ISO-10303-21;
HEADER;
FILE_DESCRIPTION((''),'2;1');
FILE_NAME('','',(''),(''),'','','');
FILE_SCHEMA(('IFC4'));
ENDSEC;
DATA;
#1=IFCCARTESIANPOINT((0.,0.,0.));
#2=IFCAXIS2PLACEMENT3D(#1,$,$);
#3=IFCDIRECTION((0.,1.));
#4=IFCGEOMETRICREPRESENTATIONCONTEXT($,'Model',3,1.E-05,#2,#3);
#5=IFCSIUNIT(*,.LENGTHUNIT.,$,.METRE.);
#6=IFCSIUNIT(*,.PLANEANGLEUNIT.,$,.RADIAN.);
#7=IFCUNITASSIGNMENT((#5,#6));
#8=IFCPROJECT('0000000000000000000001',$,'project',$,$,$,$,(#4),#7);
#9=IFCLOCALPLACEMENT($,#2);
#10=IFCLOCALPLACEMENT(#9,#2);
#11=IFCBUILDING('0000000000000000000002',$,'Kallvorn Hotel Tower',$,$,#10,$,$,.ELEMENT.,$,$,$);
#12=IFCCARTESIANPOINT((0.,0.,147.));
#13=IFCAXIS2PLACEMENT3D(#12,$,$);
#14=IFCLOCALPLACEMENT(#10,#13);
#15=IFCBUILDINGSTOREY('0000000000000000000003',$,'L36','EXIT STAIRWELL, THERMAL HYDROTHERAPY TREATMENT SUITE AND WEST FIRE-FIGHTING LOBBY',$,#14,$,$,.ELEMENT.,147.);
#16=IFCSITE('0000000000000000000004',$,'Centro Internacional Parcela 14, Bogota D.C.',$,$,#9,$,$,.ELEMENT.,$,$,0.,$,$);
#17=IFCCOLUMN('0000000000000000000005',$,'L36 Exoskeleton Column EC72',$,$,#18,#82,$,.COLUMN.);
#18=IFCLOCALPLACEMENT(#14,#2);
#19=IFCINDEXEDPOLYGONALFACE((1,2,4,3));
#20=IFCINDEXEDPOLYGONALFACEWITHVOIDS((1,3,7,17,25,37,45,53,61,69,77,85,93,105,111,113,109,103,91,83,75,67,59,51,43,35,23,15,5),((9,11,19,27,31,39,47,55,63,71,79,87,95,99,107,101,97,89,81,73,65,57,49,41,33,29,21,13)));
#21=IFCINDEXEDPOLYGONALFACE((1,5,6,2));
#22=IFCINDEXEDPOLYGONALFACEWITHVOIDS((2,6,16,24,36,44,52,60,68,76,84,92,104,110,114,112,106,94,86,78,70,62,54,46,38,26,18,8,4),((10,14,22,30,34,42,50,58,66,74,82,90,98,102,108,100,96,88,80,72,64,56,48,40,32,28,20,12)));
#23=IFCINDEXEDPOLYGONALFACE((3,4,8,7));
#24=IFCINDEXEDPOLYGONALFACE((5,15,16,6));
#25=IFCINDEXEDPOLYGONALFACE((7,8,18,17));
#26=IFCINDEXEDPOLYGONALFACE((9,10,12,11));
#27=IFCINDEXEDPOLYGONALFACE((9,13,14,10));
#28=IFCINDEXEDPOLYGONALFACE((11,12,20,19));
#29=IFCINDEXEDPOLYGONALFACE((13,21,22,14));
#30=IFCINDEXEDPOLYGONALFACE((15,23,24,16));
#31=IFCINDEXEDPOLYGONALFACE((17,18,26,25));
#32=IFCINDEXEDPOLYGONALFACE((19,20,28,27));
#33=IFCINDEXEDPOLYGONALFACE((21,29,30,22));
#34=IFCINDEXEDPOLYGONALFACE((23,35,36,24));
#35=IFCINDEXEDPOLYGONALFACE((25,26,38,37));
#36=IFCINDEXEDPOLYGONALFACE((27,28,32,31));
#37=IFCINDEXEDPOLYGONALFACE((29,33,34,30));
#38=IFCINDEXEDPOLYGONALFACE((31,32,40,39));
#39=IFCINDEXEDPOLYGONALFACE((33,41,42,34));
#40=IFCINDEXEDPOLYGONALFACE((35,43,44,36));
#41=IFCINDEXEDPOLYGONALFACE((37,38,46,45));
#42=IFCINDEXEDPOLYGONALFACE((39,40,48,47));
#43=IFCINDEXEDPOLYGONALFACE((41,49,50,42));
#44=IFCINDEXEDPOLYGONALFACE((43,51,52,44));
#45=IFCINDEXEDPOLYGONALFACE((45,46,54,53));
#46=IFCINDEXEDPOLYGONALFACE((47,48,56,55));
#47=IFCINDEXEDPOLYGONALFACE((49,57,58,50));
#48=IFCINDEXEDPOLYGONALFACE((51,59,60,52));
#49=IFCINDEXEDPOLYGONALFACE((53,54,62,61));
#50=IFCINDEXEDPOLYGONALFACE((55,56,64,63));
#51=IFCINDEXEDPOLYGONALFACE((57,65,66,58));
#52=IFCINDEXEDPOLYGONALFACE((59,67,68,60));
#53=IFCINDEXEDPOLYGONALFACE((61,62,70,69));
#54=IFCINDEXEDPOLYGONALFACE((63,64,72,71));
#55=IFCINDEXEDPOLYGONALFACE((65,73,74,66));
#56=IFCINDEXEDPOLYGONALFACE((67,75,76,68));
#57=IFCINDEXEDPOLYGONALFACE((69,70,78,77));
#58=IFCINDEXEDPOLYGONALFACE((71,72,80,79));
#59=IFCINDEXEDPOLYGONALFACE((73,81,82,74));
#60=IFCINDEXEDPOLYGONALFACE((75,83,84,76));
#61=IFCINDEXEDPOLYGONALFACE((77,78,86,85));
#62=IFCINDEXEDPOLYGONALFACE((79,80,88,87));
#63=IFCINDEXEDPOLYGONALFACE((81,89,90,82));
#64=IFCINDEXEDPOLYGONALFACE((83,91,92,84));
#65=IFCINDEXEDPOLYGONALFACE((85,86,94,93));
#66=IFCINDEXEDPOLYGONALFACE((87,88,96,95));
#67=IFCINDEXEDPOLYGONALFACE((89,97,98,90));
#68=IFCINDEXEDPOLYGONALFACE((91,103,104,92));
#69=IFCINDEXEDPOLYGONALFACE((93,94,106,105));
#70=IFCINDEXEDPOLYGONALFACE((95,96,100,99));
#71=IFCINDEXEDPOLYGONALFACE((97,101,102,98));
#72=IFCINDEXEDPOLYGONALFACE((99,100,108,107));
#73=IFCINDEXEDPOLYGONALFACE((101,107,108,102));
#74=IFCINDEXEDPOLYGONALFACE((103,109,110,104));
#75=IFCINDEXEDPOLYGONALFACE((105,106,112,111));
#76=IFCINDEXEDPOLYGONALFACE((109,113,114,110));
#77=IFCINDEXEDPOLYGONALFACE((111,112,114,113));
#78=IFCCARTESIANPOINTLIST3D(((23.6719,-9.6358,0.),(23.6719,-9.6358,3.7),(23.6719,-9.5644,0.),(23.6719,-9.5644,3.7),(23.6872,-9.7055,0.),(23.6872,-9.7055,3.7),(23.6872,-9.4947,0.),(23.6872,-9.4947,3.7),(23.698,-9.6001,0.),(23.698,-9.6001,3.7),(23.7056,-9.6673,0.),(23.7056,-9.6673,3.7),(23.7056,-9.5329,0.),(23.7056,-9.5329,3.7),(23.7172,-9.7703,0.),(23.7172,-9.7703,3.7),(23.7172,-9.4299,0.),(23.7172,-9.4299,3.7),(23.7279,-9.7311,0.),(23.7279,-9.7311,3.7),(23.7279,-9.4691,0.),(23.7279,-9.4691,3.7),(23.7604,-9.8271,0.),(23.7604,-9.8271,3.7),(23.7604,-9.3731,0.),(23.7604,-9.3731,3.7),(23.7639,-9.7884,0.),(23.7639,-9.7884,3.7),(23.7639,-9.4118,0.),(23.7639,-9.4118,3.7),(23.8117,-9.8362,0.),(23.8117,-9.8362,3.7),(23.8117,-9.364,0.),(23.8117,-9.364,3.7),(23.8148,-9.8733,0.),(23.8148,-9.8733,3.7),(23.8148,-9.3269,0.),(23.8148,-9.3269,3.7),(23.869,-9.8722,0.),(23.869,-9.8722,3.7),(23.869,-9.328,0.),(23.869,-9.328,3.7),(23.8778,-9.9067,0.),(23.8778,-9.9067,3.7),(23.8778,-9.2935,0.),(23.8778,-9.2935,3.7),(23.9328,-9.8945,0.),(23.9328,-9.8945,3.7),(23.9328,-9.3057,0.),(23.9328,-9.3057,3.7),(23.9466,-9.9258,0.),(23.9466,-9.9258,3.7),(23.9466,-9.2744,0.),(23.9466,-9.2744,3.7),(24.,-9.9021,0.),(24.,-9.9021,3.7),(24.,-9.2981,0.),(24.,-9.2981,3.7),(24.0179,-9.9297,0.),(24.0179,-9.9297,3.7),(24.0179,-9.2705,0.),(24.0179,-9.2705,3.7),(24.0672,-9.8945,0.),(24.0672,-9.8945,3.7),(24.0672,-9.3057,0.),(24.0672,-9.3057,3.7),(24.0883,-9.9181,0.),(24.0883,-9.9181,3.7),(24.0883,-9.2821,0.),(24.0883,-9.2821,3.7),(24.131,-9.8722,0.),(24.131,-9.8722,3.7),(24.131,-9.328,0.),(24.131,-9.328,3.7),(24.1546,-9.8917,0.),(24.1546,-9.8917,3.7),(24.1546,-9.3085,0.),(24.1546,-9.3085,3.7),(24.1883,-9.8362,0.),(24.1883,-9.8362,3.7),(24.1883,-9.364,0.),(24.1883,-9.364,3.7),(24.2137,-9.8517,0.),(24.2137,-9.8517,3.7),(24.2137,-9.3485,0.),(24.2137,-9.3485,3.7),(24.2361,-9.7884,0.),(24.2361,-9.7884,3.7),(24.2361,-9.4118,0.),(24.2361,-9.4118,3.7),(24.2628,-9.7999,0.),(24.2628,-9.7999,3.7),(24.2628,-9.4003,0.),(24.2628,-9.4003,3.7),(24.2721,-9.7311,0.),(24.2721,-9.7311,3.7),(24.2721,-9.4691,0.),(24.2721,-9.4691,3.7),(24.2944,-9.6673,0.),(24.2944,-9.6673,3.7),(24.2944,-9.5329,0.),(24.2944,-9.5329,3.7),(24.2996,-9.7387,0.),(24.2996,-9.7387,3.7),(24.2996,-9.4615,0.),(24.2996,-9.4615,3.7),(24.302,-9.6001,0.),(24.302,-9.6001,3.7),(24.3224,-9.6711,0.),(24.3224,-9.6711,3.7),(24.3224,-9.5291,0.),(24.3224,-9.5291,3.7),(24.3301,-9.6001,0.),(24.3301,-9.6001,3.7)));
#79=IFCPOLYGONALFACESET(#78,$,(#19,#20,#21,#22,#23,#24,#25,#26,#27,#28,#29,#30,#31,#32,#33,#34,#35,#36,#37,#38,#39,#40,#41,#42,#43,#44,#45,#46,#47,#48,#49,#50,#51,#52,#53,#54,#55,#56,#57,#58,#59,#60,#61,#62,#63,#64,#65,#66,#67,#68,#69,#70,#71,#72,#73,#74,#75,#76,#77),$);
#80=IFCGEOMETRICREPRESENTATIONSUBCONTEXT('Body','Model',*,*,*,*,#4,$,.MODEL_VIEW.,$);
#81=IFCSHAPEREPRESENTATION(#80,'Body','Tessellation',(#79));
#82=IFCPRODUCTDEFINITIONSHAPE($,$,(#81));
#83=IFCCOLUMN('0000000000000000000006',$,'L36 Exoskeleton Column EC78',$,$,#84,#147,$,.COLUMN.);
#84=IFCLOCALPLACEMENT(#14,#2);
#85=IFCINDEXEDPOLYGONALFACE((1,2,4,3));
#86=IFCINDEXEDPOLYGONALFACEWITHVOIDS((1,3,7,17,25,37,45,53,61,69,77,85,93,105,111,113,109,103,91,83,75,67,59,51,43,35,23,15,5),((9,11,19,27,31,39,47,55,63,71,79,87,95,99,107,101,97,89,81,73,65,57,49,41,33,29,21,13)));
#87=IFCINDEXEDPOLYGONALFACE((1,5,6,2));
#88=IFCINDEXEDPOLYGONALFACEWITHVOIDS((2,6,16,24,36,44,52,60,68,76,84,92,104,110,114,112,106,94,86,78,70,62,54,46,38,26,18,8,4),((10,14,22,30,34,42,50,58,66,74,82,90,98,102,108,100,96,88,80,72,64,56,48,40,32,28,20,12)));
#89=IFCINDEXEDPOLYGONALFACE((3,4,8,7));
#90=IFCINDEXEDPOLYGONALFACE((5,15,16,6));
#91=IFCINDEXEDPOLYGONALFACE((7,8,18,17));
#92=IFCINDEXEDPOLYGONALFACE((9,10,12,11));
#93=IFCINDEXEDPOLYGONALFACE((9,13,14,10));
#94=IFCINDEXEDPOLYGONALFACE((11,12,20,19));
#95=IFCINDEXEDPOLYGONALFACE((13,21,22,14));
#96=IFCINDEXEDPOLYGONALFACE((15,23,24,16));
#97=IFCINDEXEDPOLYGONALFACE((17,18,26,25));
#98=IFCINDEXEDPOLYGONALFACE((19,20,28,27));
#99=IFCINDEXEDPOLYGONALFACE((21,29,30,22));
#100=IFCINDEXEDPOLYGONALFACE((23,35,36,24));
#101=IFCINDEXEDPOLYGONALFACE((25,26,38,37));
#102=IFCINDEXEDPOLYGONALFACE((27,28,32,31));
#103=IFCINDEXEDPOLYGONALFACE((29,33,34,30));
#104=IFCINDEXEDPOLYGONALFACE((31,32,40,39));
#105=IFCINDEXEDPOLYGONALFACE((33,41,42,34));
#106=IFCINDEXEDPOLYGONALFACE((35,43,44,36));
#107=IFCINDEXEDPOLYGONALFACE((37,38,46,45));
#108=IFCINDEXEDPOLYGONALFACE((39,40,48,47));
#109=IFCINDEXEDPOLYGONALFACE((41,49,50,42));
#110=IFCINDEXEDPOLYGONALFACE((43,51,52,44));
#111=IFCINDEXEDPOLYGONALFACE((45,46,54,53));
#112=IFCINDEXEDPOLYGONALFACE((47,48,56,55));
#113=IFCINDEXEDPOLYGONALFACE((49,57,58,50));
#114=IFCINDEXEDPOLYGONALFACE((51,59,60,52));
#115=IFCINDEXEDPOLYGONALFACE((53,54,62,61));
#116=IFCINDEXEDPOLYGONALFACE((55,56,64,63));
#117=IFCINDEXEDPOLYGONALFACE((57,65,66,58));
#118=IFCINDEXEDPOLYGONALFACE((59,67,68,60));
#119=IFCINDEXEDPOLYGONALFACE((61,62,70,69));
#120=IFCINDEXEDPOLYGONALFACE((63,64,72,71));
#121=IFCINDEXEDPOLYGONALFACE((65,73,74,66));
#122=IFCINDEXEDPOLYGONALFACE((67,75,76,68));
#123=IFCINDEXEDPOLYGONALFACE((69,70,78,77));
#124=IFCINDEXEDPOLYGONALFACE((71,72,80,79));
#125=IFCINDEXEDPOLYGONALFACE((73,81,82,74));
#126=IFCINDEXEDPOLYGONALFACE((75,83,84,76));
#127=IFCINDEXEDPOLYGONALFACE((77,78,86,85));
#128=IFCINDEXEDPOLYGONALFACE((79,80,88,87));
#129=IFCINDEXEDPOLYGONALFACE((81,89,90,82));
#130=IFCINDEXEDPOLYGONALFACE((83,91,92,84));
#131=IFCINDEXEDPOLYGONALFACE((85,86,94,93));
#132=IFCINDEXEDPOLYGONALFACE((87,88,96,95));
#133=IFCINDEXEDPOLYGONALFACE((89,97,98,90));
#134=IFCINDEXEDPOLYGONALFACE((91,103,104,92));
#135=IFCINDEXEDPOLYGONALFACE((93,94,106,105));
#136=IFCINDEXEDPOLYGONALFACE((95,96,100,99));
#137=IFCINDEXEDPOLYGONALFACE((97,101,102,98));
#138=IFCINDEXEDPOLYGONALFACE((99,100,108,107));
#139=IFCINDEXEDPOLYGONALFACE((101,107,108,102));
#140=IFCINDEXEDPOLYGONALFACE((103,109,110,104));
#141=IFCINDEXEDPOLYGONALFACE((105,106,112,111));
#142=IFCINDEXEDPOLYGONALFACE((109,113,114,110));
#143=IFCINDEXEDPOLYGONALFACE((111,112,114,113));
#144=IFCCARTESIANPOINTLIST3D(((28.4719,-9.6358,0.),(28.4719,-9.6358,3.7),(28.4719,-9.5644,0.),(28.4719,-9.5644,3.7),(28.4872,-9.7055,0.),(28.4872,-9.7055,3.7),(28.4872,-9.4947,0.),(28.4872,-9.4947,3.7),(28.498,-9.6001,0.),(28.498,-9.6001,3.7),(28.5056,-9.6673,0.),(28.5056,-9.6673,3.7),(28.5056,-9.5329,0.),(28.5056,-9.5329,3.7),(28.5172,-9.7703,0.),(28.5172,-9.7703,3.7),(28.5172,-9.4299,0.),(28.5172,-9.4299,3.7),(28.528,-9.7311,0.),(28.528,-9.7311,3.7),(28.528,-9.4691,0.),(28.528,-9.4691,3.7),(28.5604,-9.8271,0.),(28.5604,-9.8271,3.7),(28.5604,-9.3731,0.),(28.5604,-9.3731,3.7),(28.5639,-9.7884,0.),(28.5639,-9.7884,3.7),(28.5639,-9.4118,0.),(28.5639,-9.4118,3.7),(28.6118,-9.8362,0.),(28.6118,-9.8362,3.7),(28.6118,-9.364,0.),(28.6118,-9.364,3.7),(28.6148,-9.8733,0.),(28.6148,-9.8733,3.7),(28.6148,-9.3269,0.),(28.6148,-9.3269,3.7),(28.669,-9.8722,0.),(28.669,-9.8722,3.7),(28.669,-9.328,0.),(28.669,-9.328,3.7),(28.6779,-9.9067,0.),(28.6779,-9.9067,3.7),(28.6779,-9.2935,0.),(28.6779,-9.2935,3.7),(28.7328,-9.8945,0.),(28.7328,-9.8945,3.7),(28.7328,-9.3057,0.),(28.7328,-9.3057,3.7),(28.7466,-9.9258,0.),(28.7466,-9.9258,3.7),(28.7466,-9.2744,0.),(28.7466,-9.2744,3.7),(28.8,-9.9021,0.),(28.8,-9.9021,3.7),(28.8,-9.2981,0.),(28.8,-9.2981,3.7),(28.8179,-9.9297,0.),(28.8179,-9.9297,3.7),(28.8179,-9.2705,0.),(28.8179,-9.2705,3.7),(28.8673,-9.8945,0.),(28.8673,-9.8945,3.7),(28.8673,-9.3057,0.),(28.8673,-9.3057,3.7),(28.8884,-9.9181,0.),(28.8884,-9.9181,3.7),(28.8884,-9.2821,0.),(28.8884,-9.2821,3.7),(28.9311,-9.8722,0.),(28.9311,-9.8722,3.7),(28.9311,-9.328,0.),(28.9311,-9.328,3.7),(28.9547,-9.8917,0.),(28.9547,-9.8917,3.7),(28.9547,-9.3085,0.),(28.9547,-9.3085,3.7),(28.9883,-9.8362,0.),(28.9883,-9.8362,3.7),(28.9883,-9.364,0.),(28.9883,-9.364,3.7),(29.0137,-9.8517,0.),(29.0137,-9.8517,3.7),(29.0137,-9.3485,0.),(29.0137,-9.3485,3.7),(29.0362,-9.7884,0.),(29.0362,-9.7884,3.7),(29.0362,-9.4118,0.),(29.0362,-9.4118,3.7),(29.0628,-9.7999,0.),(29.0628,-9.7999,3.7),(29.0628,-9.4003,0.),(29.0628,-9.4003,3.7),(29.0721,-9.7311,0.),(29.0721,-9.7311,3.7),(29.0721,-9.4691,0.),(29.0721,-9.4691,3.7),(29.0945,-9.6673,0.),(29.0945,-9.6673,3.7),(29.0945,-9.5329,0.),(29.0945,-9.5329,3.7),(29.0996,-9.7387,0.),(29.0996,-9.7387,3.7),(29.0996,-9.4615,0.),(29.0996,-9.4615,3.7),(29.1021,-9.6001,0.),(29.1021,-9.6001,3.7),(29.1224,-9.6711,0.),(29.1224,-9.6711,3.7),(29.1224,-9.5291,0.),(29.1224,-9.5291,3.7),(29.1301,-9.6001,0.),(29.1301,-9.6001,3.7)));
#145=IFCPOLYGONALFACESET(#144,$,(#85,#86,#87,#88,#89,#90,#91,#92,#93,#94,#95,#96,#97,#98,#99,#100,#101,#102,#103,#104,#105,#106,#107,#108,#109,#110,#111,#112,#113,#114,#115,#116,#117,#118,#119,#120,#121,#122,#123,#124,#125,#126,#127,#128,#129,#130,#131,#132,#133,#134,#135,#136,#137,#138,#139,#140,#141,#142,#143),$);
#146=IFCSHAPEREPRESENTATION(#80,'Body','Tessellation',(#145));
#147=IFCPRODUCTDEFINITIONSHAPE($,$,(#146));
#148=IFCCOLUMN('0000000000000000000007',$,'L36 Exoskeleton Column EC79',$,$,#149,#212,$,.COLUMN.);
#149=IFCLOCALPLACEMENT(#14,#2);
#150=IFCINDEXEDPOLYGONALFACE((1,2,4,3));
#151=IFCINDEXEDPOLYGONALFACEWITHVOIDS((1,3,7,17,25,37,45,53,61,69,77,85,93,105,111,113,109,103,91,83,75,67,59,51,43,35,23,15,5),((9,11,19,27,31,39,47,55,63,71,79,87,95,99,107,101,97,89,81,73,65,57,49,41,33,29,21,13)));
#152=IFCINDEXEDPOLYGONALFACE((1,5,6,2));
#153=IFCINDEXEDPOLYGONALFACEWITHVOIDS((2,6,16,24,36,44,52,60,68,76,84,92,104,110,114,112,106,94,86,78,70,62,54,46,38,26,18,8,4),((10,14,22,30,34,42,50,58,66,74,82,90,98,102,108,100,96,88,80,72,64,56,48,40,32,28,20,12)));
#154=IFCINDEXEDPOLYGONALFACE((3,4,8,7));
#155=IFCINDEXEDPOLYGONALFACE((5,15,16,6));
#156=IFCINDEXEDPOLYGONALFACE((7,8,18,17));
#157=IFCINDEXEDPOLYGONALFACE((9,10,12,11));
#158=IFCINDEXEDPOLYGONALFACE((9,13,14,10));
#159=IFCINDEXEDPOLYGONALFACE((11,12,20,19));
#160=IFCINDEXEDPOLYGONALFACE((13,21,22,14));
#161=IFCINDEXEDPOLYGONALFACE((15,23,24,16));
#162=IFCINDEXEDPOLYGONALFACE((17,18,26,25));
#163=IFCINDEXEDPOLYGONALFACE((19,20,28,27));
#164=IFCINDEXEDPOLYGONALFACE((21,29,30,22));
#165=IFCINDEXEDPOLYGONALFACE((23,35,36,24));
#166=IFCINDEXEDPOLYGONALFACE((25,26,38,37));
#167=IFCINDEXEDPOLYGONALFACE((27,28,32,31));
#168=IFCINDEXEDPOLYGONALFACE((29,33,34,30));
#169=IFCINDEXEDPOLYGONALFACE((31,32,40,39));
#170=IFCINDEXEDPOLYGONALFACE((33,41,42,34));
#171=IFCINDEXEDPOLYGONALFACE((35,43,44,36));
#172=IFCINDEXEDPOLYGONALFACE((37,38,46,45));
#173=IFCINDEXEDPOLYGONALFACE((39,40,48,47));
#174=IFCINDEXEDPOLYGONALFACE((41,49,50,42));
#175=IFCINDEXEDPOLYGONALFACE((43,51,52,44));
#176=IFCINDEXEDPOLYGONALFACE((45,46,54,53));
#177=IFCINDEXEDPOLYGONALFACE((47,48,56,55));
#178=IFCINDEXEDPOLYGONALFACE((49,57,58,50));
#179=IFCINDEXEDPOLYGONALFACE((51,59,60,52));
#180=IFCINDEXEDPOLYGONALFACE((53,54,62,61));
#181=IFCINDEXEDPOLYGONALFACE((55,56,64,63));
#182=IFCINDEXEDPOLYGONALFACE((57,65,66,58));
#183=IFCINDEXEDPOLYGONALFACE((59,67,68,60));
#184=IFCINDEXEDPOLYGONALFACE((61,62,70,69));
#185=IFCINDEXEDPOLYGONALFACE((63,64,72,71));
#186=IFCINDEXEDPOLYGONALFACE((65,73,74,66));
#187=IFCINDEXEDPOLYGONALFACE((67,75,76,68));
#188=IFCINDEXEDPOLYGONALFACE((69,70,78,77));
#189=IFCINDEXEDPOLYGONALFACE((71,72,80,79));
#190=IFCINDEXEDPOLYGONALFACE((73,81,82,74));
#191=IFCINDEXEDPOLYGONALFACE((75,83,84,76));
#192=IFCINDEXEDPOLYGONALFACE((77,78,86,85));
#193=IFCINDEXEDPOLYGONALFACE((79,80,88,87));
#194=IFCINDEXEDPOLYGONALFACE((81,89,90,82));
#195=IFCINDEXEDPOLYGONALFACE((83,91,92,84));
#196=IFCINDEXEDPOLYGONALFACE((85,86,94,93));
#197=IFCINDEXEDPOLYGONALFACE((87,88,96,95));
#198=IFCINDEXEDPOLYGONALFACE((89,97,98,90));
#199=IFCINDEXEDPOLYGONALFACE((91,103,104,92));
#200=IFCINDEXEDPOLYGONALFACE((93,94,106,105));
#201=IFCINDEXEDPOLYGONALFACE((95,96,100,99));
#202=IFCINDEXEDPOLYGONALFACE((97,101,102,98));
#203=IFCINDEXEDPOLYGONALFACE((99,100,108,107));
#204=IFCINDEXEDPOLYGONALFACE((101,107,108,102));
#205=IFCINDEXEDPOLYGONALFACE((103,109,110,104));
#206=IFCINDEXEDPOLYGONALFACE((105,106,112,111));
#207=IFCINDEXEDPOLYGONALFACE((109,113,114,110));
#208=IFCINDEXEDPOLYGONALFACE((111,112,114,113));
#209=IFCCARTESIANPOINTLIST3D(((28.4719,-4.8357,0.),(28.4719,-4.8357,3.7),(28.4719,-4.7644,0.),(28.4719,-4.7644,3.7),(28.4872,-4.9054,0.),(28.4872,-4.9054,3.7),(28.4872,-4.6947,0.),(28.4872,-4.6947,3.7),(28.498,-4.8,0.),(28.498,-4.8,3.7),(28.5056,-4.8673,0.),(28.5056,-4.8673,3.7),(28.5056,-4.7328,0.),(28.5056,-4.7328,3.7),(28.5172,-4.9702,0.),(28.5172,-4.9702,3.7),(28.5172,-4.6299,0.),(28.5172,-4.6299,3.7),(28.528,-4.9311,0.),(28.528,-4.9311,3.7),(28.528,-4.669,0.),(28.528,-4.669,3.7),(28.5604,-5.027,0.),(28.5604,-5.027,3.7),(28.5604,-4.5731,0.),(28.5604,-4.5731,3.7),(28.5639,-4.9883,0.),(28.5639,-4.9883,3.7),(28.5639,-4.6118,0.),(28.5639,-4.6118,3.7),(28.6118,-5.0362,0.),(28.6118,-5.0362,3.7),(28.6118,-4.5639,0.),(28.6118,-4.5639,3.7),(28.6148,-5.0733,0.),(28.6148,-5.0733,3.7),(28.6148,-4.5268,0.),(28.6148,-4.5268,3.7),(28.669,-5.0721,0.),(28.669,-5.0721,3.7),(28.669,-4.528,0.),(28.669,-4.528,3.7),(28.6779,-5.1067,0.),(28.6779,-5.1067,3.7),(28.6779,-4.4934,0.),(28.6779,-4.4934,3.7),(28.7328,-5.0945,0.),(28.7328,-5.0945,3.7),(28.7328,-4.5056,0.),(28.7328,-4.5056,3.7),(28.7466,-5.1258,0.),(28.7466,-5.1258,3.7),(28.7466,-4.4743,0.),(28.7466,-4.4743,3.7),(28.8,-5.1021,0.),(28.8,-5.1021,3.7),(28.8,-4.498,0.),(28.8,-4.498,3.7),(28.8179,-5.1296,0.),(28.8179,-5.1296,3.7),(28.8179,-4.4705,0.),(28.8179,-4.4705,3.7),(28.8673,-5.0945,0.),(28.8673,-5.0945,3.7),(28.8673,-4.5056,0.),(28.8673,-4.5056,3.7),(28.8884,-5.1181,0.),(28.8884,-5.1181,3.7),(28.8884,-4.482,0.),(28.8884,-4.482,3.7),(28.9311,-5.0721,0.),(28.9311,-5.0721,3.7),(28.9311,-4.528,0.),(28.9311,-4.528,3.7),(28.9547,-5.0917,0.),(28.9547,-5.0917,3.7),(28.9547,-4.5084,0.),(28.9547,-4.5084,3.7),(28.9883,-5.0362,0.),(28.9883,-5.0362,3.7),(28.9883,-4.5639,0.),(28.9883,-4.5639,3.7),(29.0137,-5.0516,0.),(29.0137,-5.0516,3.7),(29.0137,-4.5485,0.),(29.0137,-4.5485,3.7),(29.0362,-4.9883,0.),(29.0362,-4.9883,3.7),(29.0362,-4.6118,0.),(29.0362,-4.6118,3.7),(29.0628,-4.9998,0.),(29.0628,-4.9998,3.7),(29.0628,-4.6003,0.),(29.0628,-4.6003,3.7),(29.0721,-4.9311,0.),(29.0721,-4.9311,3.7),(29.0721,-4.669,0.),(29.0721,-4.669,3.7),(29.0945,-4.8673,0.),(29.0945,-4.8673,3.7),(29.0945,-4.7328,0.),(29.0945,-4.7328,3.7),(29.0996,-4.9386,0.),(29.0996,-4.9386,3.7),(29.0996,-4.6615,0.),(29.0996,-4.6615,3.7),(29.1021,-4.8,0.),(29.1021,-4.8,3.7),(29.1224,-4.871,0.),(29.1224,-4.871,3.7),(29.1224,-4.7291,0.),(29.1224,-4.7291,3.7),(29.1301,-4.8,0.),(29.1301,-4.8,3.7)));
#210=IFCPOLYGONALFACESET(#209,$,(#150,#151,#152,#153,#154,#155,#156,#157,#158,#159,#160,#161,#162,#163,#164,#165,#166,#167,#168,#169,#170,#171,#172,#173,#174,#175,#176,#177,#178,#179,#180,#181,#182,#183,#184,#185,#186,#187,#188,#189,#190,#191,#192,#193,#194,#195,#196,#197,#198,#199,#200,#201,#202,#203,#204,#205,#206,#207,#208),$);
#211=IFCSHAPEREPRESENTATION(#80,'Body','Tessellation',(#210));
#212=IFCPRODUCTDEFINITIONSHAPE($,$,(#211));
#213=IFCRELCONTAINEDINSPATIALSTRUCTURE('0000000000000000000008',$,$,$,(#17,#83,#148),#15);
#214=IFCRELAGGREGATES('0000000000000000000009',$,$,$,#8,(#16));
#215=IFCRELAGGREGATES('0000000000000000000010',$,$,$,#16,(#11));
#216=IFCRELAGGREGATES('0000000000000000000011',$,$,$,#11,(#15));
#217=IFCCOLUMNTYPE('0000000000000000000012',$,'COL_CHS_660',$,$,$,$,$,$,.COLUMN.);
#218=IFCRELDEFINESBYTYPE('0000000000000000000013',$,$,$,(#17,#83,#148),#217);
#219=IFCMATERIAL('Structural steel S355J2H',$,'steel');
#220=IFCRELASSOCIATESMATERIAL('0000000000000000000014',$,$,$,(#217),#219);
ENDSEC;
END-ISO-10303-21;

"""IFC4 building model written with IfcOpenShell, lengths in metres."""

from ifc_helpers import new_model, si_unit, direction, frame, origin, origin_2d, place, context, subcontext, project, spatial, hollow_circle, extrude, material, material_profile, profile_set, type_object, element, save


model = new_model("IFC4")

# Units and contexts
model_context = context("Model", 3, precision=1e-05, world=origin(), true_north=direction((0.0, 1.0)))
body_context = subcontext(model_context, "Body", "Model", "MODEL_VIEW")
ifc_project = project(units=[si_unit("LENGTHUNIT", "METRE"), si_unit("PLANEANGLEUNIT", "RADIAN")], contexts=[model_context])

# Site, building, storey
site_placement = place(None, origin())
site = spatial("IfcSite", under=ifc_project, at=site_placement, Name="Centro Internacional Parcela 14, Bogota D.C.", CompositionType="ELEMENT", RefElevation=0.0)
building_placement = place(site_placement, origin())
building = spatial("IfcBuilding", under=site, at=building_placement, Name="Kallvorn Hotel Tower", CompositionType="ELEMENT")
storey_placement = place(building_placement, frame((0.0, 0.0, 147.0)))
storey = spatial("IfcBuildingStorey", under=building, at=storey_placement, Name="L36", Description="EXIT STAIRWELL, THERMAL HYDROTHERAPY TREATMENT SUITE AND WEST FIRE-FIGHTING LOBBY", CompositionType="ELEMENT", Elevation=147.0)

# Columns
ifc_material_1 = material(Name="Structural steel S355J2H", Category="steel")
ifc_material_profile_1 = material_profile(ifc_material_1, hollow_circle(Radius=0.3301, WallThickness=0.0281, at=origin_2d()), Name="CHS 660x28")
ifc_profile_set_1 = profile_set([ifc_material_profile_1], Name="Structural steel S355J2H")
column_type_1 = type_object("IfcColumnType", Name="COL_CHS_660", PredefinedType="COLUMN", material=ifc_profile_set_1)
for number, where, z_axis, x_axis, name in (
    (1, (24.0, -9.6001, 0.0), (0.0, 0.0, 1.0), (1.0, 0.0, 0.0), "L36 Exoskeleton Column EC72"),
    (2, (28.8, -9.6001, 0.0), (0.0, 0.0, 1.0), (1.0, 0.0, 0.0), "L36 Exoskeleton Column EC78"),
    (3, (28.8, -4.8, 0.0), (0.0, 0.0, 1.0), (1.0, 0.0, 0.0), "L36 Exoskeleton Column EC79"),
):
    element("IfcColumn", number, at=place(storey_placement, frame(where, z_axis=z_axis, x_axis=x_axis)), inside=storey, type_object=column_type_1, Name=name, PredefinedType="COLUMN", context=body_context, shape_type="SweptSolid", body=[
        extrude(hollow_circle(Radius=0.3301, WallThickness=0.0281, at=origin_2d()), origin(), (0.0, 0.0, 1.0), 3.7),
    ])

save(model, "model.ifc")
